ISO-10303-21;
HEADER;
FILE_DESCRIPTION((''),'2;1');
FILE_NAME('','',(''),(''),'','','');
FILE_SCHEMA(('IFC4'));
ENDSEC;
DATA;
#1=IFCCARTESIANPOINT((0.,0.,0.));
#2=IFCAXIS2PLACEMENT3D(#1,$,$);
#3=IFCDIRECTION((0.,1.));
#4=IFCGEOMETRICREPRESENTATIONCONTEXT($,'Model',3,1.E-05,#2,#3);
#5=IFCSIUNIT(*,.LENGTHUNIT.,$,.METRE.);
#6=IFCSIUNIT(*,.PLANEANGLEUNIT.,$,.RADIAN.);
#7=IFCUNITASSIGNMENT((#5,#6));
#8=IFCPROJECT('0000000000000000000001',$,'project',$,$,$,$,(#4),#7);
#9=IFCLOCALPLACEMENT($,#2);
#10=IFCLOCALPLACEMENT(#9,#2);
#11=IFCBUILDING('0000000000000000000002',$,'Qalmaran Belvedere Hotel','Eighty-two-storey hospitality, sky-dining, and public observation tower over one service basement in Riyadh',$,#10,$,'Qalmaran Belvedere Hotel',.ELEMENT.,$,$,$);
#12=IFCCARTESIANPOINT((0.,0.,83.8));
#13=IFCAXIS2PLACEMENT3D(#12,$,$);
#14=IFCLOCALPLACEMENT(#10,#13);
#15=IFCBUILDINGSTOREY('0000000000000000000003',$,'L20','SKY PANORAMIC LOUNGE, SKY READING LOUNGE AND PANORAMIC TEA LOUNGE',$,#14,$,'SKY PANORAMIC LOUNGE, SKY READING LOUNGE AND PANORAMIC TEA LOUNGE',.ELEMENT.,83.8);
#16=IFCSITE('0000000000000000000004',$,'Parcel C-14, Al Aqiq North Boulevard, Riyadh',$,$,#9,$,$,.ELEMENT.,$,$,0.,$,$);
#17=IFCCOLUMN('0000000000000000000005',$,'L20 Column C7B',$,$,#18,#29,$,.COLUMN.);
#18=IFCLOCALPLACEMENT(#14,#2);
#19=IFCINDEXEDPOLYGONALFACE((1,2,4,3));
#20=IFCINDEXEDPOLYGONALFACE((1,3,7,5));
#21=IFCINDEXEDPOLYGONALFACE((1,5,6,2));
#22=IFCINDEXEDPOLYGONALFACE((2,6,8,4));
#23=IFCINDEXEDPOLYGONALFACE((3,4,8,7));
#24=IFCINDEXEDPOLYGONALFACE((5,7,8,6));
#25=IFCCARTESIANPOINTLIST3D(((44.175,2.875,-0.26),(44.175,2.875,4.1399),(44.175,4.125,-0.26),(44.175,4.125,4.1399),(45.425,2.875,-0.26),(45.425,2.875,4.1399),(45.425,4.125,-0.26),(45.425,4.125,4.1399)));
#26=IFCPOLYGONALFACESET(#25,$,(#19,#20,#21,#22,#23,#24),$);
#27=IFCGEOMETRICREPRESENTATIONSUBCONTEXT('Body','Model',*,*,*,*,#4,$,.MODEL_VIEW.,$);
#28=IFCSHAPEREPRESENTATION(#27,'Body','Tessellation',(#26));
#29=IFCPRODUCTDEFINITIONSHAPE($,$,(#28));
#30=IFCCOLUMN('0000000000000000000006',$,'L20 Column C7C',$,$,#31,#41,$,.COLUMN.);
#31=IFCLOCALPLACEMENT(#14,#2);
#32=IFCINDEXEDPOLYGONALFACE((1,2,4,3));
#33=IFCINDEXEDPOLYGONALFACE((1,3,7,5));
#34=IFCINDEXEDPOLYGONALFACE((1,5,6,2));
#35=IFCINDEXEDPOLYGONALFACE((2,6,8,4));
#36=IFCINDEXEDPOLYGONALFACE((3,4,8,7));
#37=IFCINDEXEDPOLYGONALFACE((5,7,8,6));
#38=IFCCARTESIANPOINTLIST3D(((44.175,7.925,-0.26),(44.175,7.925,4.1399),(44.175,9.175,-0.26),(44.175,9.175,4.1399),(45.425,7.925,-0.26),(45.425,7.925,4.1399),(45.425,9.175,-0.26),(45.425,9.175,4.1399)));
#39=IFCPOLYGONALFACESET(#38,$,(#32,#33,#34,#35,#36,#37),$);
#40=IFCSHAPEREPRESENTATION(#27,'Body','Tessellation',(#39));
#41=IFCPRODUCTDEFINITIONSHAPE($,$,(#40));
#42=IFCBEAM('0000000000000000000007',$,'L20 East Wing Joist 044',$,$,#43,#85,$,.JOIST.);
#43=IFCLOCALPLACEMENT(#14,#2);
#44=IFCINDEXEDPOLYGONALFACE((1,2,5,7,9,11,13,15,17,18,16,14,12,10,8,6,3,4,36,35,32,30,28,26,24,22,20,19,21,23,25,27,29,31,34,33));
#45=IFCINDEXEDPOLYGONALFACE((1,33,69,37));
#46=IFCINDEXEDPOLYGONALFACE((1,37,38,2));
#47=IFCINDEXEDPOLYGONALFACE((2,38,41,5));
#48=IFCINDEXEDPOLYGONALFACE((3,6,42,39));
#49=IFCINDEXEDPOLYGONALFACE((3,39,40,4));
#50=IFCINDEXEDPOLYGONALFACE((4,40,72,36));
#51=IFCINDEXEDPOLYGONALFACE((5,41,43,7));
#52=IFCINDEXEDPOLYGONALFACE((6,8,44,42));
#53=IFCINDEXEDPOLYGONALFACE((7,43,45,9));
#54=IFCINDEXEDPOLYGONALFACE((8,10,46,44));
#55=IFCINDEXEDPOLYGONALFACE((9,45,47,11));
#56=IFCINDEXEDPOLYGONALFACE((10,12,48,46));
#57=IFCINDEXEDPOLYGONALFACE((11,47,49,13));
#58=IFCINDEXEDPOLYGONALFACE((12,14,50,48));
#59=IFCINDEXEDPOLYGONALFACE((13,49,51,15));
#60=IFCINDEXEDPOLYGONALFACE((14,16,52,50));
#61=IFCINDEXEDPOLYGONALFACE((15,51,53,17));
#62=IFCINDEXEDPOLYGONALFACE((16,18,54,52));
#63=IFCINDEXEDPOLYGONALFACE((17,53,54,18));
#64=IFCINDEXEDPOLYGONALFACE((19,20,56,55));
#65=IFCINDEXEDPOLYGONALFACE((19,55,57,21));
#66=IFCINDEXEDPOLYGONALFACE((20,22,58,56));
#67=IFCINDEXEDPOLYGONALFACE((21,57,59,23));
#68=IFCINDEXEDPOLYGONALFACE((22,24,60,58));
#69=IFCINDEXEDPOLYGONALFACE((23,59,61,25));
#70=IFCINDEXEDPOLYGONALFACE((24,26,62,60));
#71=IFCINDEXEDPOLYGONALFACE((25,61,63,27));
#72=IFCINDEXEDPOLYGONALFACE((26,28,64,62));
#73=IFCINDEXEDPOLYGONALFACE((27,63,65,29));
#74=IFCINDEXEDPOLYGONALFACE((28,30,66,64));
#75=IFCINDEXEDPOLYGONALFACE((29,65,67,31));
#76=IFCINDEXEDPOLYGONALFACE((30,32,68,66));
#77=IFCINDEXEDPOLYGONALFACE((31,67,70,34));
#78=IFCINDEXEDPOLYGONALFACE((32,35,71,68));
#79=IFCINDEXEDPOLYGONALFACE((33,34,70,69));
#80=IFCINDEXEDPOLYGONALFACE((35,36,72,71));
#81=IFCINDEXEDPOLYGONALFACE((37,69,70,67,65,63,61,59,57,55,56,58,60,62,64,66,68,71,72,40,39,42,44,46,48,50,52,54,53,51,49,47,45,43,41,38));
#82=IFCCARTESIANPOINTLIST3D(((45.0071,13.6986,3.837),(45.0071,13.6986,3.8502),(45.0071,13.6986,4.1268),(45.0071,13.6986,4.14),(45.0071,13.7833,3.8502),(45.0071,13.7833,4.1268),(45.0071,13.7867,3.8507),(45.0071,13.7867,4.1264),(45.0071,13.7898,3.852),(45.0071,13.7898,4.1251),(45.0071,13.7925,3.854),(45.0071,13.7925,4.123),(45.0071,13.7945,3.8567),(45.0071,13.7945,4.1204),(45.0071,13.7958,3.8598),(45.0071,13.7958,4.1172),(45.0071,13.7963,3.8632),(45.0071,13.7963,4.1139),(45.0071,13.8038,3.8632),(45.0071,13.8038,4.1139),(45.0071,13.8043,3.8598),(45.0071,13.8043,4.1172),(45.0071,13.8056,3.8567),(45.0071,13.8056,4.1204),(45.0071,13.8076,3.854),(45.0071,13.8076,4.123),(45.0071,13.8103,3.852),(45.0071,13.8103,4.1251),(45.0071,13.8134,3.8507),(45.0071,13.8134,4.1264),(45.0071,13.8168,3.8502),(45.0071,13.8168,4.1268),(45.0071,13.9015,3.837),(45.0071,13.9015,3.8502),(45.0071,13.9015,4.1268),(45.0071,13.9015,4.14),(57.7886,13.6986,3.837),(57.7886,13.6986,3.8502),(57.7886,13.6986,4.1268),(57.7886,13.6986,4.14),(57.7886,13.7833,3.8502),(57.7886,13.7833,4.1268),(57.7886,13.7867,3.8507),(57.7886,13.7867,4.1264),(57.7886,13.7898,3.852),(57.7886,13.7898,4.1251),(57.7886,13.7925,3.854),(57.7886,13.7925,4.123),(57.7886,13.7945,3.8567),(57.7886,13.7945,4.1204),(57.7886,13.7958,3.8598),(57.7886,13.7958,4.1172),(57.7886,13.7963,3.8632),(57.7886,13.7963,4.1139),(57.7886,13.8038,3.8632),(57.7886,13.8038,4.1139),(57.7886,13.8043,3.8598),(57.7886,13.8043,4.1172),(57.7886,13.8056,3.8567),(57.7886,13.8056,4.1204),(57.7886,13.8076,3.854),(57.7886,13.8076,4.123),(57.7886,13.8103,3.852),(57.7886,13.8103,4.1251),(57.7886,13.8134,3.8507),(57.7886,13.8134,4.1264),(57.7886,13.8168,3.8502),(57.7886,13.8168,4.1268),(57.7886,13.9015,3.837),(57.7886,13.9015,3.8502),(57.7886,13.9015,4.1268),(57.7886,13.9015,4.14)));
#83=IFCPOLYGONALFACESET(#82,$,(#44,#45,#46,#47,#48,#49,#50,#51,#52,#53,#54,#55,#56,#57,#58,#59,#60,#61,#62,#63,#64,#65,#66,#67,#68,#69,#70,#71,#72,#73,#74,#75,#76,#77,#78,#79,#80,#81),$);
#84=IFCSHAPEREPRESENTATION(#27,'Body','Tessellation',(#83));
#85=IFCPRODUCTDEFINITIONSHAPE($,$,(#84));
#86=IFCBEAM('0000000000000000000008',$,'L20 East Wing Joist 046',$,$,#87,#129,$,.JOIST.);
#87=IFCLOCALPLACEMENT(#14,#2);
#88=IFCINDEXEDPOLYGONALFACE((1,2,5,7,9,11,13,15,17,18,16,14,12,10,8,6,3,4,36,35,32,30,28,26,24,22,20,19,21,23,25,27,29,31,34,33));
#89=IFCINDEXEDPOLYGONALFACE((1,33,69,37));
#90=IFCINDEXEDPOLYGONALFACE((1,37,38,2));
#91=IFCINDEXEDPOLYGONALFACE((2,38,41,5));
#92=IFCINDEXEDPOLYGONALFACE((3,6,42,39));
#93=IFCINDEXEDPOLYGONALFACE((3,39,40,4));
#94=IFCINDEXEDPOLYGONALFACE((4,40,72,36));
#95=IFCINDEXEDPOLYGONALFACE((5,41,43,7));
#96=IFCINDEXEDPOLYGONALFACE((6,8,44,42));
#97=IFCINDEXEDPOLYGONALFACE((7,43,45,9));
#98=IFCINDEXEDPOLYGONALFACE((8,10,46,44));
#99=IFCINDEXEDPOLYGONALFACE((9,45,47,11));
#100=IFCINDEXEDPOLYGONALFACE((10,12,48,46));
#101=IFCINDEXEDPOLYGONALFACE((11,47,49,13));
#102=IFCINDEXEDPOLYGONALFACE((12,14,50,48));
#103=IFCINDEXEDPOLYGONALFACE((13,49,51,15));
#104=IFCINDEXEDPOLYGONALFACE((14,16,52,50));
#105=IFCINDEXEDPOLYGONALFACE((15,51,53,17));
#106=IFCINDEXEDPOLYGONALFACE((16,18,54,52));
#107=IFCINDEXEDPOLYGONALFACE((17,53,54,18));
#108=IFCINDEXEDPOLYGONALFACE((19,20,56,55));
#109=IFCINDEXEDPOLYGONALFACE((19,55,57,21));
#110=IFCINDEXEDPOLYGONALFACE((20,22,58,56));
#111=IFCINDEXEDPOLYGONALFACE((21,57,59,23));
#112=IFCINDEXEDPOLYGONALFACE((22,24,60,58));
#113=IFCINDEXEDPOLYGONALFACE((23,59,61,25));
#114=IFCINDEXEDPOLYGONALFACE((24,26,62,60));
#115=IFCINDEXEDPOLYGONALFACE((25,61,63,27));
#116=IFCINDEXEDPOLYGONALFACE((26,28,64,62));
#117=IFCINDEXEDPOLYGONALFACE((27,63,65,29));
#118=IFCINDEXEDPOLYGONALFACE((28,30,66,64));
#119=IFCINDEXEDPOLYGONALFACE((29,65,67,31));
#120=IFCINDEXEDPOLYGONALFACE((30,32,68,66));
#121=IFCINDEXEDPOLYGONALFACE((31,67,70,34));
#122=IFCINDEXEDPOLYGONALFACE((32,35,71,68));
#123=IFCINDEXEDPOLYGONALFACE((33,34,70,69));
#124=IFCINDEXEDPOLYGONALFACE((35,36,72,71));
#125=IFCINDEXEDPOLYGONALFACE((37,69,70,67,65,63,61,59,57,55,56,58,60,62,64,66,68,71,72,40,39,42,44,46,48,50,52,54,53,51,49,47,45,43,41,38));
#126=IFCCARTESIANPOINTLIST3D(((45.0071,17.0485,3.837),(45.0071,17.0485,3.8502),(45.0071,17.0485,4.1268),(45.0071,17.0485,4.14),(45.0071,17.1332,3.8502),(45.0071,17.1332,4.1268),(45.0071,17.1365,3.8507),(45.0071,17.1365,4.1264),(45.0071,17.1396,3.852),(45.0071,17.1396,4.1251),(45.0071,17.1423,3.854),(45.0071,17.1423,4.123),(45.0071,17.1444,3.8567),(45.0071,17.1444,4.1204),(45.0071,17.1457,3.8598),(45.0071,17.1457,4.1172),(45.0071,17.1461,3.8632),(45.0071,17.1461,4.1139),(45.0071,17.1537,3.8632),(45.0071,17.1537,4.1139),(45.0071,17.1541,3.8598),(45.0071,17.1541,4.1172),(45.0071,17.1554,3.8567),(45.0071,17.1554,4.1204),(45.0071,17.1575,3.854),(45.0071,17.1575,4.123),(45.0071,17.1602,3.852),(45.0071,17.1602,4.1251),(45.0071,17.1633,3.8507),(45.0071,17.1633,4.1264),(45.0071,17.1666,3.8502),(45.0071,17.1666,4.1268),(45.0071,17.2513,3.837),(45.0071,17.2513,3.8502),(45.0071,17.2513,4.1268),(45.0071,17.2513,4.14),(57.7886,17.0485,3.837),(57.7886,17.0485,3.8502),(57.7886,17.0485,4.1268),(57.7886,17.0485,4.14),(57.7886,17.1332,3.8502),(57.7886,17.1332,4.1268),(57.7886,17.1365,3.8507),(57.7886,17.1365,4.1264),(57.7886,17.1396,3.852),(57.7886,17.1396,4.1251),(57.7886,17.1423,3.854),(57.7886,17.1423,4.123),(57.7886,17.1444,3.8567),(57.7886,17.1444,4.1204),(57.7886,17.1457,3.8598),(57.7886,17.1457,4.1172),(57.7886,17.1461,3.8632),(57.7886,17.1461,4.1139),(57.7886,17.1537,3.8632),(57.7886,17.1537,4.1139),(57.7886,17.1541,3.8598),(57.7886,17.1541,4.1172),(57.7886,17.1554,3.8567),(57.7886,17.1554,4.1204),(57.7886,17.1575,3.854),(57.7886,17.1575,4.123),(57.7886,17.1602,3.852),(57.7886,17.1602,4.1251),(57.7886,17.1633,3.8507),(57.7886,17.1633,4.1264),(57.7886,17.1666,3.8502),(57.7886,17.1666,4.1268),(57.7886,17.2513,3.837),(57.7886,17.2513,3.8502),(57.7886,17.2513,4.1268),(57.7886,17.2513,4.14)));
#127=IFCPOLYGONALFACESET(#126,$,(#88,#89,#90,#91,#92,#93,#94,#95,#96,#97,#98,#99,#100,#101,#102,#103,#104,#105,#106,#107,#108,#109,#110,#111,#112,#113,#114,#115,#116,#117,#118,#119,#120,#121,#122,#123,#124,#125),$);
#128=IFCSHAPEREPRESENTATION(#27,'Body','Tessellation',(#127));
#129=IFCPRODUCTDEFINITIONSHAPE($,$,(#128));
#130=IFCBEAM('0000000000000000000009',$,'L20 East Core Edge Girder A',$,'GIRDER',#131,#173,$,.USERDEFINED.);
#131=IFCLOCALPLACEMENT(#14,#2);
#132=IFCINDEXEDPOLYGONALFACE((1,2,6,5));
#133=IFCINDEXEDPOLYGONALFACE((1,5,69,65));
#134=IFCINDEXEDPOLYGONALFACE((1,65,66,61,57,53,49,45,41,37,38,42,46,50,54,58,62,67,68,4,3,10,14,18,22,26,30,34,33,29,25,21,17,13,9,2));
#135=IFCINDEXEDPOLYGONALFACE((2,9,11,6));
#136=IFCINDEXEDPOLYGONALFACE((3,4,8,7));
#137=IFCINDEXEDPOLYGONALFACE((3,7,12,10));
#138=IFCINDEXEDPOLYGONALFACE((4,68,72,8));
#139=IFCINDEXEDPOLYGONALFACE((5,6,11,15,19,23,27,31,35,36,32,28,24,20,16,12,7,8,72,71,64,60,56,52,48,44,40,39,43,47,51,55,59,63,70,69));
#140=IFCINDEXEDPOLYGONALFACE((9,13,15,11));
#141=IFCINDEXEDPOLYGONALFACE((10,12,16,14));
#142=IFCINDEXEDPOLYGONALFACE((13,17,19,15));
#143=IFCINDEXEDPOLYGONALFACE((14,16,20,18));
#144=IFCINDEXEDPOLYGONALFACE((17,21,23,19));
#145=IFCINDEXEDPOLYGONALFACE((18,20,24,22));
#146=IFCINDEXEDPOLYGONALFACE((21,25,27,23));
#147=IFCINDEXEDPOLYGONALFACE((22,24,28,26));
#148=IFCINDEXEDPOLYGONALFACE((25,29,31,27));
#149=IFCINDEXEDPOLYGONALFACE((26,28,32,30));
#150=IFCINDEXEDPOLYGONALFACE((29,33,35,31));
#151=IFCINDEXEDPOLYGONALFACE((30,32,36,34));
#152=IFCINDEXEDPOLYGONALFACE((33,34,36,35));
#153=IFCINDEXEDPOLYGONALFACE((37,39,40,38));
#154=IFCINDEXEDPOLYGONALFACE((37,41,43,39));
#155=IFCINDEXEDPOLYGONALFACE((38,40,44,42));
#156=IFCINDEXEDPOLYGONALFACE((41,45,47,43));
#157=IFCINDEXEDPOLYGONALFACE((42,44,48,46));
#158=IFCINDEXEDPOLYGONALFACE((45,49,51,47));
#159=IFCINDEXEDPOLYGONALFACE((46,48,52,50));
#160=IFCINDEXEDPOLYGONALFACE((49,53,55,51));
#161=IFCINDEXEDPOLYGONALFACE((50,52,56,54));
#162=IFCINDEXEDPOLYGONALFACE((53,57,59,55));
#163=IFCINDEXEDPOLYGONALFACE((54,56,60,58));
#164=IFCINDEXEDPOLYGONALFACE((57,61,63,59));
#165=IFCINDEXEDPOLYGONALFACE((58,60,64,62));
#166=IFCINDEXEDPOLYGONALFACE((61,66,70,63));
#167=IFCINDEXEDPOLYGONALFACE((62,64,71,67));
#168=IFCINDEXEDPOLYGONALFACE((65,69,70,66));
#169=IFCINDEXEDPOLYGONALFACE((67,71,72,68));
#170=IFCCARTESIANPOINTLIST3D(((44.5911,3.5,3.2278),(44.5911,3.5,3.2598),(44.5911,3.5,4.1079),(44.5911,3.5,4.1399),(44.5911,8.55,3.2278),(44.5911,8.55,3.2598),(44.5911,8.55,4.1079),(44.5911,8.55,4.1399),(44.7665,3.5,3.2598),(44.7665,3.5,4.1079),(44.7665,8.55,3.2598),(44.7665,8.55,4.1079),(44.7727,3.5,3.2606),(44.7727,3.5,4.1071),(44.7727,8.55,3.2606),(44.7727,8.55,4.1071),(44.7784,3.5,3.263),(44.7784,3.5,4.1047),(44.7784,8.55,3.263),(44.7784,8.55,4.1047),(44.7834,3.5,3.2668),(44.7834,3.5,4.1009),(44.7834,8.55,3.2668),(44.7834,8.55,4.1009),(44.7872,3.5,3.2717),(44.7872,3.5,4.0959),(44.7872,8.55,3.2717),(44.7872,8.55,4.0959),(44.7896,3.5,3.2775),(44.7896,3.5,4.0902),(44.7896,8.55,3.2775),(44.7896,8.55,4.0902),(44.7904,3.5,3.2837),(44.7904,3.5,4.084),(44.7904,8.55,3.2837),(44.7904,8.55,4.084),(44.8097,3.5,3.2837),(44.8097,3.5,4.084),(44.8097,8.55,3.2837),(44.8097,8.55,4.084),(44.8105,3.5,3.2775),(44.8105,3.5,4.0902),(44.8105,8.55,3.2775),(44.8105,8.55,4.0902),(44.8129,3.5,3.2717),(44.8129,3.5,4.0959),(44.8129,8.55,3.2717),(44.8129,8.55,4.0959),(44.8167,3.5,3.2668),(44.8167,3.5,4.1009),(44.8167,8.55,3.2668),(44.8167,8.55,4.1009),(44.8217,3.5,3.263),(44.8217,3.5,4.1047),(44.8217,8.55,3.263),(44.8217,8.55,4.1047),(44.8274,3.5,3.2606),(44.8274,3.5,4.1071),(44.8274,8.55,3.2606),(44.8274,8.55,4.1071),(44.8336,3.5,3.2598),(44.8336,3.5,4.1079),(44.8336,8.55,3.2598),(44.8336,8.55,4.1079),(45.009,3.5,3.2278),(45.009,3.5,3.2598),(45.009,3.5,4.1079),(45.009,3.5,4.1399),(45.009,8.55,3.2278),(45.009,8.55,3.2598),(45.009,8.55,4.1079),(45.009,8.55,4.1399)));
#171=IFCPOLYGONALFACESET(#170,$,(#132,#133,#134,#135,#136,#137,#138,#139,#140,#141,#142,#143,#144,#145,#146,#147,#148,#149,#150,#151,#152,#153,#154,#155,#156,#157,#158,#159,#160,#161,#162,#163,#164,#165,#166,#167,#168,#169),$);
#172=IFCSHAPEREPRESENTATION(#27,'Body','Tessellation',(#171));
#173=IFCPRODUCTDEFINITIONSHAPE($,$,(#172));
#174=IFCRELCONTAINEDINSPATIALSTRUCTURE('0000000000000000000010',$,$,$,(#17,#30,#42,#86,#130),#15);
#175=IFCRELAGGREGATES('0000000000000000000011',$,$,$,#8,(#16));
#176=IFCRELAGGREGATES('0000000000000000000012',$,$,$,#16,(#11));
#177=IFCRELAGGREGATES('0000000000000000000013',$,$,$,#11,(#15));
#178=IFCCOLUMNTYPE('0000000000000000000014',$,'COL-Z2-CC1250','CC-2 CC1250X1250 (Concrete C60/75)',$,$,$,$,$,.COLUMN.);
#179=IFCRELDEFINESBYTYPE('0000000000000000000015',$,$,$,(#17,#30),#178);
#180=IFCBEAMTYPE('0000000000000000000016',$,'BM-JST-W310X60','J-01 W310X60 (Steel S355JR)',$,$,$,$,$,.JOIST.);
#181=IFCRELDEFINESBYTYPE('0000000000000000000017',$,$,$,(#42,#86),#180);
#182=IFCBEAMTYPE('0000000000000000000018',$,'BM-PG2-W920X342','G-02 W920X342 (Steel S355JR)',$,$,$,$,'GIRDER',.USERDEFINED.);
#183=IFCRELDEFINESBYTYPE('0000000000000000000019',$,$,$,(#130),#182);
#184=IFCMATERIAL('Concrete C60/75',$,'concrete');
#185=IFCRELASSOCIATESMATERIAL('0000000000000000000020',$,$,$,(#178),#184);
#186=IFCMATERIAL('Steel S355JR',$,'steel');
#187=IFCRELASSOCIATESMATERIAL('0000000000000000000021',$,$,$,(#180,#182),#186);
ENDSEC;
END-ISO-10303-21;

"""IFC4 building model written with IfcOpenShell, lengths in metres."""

from ifc_helpers import new_model, si_unit, direction, frame, origin, origin_2d, place, context, subcontext, project, spatial, rectangle, i_section, extrude, material, material_profile, profile_set, type_object, element, save


model = new_model("IFC4")

# Units and contexts
model_context = context("Model", 3, precision=1e-05, world=origin(), true_north=direction((0.0, 1.0)))
body_context = subcontext(model_context, "Body", "Model", "MODEL_VIEW")
ifc_project = project(units=[si_unit("LENGTHUNIT", "METRE"), si_unit("PLANEANGLEUNIT", "RADIAN")], contexts=[model_context])

# Site, building, storey
site_placement = place(None, origin())
site = spatial("IfcSite", under=ifc_project, at=site_placement, Name="Parcel C-14, Al Aqiq North Boulevard, Riyadh", CompositionType="ELEMENT", RefElevation=0.0)
building_placement = place(site_placement, origin())
building = spatial("IfcBuilding", under=site, at=building_placement, Name="Qalmaran Belvedere Hotel", Description="Eighty-two-storey hospitality, sky-dining, and public observation tower over one service basement in Riyadh", LongName="Qalmaran Belvedere Hotel", CompositionType="ELEMENT")
storey_placement = place(building_placement, frame((0.0, 0.0, 83.8)))
storey = spatial("IfcBuildingStorey", under=building, at=storey_placement, Name="L20", Description="SKY PANORAMIC LOUNGE, SKY READING LOUNGE AND PANORAMIC TEA LOUNGE", LongName="SKY PANORAMIC LOUNGE, SKY READING LOUNGE AND PANORAMIC TEA LOUNGE", CompositionType="ELEMENT", Elevation=83.8)

# Columns
ifc_material_1 = material(Name="Concrete C60/75", Category="concrete")
ifc_material_profile_1 = material_profile(ifc_material_1, rectangle(XDim=1.25, YDim=1.25, at=origin_2d()), Name="CC1250X1250")
ifc_profile_set_1 = profile_set([ifc_material_profile_1], Name="Concrete C60/75")
column_type = type_object("IfcColumnType", Name="COL-Z2-CC1250", Description="CC-2 CC1250X1250 (Concrete C60/75)", PredefinedType="COLUMN", material=ifc_profile_set_1)
for number, where, z_axis, x_axis, name in (
    (1, (44.8, 3.5, -0.26), (0.0, 0.0, 1.0), (1.0, 0.0, 0.0), "L20 Column C7B"),
    (2, (44.8, 8.55, -0.26), (0.0, 0.0, 1.0), (1.0, 0.0, 0.0), "L20 Column C7C"),
):
    element("IfcColumn", number, at=place(storey_placement, frame(where, z_axis=z_axis, x_axis=x_axis)), inside=storey, type_object=column_type, Name=name, PredefinedType="COLUMN", context=body_context, shape_type="SweptSolid", body=[
        extrude(rectangle(XDim=1.25, YDim=1.25, at=origin_2d()), origin(), (0.0, 0.0, 1.0), 4.3999),
    ])

# Beams
ifc_material_2 = material(Name="Steel S355JR", Category="steel")
ifc_material_profile_2 = material_profile(ifc_material_2, i_section(OverallWidth=0.2029, OverallDepth=0.303, WebThickness=0.0076, FlangeThickness=0.0132, FilletRadius=0.0129, at=origin_2d()), Name="W310X60")
ifc_profile_set_2 = profile_set([ifc_material_profile_2], Name="Steel S355JR")
beam_type_1 = type_object("IfcBeamType", Name="BM-JST-W310X60", Description="J-01 W310X60 (Steel S355JR)", PredefinedType="JOIST", material=ifc_profile_set_2)
for number, where, z_axis, x_axis, name in (
    (3, (45.0071, 13.8, 3.9885), (1.0, 0.0, 0.0), (0.0, 1.0, 0.0), "L20 East Wing Joist 044"),
    (4, (45.0071, 17.1499, 3.9885), (1.0, 0.0, 0.0), (0.0, 1.0, 0.0), "L20 East Wing Joist 046"),
):
    element("IfcBeam", number, at=place(storey_placement, frame(where, z_axis=z_axis, x_axis=x_axis)), inside=storey, type_object=beam_type_1, Name=name, PredefinedType="JOIST", context=body_context, shape_type="SweptSolid", body=[
        extrude(i_section(OverallWidth=0.2029, OverallDepth=0.303, WebThickness=0.0076, FlangeThickness=0.0132, FilletRadius=0.0129, at=origin_2d()), origin(), (0.0, 0.0, 1.0), 12.7815),
    ])
ifc_material_profile_3 = material_profile(ifc_material_2, i_section(OverallWidth=0.418, OverallDepth=0.9121, WebThickness=0.0193, FlangeThickness=0.032, FilletRadius=0.0239, at=origin_2d()), Name="W920X342")
ifc_profile_set_3 = profile_set([ifc_material_profile_3], Name="Steel S355JR")
beam_type_2 = type_object("IfcBeamType", Name="BM-PG2-W920X342", Description="G-02 W920X342 (Steel S355JR)", ElementType="GIRDER", PredefinedType="USERDEFINED", material=ifc_profile_set_3)
beam_1_placement = place(storey_placement, frame((44.8, 3.5, 3.6838), z_axis=(0.0, 1.0, 0.0), x_axis=(-1.0, 0.0, 0.0)))
element("IfcBeam", 5, at=beam_1_placement, inside=storey, type_object=beam_type_2, Name="L20 East Core Edge Girder A", ObjectType="GIRDER", PredefinedType="USERDEFINED", context=body_context, shape_type="SweptSolid", body=[
    extrude(i_section(OverallWidth=0.418, OverallDepth=0.9121, WebThickness=0.0193, FlangeThickness=0.032, FilletRadius=0.0239, at=origin_2d()), origin(), (0.0, 0.0, 1.0), 5.05),
])

save(model, "model.ifc")
